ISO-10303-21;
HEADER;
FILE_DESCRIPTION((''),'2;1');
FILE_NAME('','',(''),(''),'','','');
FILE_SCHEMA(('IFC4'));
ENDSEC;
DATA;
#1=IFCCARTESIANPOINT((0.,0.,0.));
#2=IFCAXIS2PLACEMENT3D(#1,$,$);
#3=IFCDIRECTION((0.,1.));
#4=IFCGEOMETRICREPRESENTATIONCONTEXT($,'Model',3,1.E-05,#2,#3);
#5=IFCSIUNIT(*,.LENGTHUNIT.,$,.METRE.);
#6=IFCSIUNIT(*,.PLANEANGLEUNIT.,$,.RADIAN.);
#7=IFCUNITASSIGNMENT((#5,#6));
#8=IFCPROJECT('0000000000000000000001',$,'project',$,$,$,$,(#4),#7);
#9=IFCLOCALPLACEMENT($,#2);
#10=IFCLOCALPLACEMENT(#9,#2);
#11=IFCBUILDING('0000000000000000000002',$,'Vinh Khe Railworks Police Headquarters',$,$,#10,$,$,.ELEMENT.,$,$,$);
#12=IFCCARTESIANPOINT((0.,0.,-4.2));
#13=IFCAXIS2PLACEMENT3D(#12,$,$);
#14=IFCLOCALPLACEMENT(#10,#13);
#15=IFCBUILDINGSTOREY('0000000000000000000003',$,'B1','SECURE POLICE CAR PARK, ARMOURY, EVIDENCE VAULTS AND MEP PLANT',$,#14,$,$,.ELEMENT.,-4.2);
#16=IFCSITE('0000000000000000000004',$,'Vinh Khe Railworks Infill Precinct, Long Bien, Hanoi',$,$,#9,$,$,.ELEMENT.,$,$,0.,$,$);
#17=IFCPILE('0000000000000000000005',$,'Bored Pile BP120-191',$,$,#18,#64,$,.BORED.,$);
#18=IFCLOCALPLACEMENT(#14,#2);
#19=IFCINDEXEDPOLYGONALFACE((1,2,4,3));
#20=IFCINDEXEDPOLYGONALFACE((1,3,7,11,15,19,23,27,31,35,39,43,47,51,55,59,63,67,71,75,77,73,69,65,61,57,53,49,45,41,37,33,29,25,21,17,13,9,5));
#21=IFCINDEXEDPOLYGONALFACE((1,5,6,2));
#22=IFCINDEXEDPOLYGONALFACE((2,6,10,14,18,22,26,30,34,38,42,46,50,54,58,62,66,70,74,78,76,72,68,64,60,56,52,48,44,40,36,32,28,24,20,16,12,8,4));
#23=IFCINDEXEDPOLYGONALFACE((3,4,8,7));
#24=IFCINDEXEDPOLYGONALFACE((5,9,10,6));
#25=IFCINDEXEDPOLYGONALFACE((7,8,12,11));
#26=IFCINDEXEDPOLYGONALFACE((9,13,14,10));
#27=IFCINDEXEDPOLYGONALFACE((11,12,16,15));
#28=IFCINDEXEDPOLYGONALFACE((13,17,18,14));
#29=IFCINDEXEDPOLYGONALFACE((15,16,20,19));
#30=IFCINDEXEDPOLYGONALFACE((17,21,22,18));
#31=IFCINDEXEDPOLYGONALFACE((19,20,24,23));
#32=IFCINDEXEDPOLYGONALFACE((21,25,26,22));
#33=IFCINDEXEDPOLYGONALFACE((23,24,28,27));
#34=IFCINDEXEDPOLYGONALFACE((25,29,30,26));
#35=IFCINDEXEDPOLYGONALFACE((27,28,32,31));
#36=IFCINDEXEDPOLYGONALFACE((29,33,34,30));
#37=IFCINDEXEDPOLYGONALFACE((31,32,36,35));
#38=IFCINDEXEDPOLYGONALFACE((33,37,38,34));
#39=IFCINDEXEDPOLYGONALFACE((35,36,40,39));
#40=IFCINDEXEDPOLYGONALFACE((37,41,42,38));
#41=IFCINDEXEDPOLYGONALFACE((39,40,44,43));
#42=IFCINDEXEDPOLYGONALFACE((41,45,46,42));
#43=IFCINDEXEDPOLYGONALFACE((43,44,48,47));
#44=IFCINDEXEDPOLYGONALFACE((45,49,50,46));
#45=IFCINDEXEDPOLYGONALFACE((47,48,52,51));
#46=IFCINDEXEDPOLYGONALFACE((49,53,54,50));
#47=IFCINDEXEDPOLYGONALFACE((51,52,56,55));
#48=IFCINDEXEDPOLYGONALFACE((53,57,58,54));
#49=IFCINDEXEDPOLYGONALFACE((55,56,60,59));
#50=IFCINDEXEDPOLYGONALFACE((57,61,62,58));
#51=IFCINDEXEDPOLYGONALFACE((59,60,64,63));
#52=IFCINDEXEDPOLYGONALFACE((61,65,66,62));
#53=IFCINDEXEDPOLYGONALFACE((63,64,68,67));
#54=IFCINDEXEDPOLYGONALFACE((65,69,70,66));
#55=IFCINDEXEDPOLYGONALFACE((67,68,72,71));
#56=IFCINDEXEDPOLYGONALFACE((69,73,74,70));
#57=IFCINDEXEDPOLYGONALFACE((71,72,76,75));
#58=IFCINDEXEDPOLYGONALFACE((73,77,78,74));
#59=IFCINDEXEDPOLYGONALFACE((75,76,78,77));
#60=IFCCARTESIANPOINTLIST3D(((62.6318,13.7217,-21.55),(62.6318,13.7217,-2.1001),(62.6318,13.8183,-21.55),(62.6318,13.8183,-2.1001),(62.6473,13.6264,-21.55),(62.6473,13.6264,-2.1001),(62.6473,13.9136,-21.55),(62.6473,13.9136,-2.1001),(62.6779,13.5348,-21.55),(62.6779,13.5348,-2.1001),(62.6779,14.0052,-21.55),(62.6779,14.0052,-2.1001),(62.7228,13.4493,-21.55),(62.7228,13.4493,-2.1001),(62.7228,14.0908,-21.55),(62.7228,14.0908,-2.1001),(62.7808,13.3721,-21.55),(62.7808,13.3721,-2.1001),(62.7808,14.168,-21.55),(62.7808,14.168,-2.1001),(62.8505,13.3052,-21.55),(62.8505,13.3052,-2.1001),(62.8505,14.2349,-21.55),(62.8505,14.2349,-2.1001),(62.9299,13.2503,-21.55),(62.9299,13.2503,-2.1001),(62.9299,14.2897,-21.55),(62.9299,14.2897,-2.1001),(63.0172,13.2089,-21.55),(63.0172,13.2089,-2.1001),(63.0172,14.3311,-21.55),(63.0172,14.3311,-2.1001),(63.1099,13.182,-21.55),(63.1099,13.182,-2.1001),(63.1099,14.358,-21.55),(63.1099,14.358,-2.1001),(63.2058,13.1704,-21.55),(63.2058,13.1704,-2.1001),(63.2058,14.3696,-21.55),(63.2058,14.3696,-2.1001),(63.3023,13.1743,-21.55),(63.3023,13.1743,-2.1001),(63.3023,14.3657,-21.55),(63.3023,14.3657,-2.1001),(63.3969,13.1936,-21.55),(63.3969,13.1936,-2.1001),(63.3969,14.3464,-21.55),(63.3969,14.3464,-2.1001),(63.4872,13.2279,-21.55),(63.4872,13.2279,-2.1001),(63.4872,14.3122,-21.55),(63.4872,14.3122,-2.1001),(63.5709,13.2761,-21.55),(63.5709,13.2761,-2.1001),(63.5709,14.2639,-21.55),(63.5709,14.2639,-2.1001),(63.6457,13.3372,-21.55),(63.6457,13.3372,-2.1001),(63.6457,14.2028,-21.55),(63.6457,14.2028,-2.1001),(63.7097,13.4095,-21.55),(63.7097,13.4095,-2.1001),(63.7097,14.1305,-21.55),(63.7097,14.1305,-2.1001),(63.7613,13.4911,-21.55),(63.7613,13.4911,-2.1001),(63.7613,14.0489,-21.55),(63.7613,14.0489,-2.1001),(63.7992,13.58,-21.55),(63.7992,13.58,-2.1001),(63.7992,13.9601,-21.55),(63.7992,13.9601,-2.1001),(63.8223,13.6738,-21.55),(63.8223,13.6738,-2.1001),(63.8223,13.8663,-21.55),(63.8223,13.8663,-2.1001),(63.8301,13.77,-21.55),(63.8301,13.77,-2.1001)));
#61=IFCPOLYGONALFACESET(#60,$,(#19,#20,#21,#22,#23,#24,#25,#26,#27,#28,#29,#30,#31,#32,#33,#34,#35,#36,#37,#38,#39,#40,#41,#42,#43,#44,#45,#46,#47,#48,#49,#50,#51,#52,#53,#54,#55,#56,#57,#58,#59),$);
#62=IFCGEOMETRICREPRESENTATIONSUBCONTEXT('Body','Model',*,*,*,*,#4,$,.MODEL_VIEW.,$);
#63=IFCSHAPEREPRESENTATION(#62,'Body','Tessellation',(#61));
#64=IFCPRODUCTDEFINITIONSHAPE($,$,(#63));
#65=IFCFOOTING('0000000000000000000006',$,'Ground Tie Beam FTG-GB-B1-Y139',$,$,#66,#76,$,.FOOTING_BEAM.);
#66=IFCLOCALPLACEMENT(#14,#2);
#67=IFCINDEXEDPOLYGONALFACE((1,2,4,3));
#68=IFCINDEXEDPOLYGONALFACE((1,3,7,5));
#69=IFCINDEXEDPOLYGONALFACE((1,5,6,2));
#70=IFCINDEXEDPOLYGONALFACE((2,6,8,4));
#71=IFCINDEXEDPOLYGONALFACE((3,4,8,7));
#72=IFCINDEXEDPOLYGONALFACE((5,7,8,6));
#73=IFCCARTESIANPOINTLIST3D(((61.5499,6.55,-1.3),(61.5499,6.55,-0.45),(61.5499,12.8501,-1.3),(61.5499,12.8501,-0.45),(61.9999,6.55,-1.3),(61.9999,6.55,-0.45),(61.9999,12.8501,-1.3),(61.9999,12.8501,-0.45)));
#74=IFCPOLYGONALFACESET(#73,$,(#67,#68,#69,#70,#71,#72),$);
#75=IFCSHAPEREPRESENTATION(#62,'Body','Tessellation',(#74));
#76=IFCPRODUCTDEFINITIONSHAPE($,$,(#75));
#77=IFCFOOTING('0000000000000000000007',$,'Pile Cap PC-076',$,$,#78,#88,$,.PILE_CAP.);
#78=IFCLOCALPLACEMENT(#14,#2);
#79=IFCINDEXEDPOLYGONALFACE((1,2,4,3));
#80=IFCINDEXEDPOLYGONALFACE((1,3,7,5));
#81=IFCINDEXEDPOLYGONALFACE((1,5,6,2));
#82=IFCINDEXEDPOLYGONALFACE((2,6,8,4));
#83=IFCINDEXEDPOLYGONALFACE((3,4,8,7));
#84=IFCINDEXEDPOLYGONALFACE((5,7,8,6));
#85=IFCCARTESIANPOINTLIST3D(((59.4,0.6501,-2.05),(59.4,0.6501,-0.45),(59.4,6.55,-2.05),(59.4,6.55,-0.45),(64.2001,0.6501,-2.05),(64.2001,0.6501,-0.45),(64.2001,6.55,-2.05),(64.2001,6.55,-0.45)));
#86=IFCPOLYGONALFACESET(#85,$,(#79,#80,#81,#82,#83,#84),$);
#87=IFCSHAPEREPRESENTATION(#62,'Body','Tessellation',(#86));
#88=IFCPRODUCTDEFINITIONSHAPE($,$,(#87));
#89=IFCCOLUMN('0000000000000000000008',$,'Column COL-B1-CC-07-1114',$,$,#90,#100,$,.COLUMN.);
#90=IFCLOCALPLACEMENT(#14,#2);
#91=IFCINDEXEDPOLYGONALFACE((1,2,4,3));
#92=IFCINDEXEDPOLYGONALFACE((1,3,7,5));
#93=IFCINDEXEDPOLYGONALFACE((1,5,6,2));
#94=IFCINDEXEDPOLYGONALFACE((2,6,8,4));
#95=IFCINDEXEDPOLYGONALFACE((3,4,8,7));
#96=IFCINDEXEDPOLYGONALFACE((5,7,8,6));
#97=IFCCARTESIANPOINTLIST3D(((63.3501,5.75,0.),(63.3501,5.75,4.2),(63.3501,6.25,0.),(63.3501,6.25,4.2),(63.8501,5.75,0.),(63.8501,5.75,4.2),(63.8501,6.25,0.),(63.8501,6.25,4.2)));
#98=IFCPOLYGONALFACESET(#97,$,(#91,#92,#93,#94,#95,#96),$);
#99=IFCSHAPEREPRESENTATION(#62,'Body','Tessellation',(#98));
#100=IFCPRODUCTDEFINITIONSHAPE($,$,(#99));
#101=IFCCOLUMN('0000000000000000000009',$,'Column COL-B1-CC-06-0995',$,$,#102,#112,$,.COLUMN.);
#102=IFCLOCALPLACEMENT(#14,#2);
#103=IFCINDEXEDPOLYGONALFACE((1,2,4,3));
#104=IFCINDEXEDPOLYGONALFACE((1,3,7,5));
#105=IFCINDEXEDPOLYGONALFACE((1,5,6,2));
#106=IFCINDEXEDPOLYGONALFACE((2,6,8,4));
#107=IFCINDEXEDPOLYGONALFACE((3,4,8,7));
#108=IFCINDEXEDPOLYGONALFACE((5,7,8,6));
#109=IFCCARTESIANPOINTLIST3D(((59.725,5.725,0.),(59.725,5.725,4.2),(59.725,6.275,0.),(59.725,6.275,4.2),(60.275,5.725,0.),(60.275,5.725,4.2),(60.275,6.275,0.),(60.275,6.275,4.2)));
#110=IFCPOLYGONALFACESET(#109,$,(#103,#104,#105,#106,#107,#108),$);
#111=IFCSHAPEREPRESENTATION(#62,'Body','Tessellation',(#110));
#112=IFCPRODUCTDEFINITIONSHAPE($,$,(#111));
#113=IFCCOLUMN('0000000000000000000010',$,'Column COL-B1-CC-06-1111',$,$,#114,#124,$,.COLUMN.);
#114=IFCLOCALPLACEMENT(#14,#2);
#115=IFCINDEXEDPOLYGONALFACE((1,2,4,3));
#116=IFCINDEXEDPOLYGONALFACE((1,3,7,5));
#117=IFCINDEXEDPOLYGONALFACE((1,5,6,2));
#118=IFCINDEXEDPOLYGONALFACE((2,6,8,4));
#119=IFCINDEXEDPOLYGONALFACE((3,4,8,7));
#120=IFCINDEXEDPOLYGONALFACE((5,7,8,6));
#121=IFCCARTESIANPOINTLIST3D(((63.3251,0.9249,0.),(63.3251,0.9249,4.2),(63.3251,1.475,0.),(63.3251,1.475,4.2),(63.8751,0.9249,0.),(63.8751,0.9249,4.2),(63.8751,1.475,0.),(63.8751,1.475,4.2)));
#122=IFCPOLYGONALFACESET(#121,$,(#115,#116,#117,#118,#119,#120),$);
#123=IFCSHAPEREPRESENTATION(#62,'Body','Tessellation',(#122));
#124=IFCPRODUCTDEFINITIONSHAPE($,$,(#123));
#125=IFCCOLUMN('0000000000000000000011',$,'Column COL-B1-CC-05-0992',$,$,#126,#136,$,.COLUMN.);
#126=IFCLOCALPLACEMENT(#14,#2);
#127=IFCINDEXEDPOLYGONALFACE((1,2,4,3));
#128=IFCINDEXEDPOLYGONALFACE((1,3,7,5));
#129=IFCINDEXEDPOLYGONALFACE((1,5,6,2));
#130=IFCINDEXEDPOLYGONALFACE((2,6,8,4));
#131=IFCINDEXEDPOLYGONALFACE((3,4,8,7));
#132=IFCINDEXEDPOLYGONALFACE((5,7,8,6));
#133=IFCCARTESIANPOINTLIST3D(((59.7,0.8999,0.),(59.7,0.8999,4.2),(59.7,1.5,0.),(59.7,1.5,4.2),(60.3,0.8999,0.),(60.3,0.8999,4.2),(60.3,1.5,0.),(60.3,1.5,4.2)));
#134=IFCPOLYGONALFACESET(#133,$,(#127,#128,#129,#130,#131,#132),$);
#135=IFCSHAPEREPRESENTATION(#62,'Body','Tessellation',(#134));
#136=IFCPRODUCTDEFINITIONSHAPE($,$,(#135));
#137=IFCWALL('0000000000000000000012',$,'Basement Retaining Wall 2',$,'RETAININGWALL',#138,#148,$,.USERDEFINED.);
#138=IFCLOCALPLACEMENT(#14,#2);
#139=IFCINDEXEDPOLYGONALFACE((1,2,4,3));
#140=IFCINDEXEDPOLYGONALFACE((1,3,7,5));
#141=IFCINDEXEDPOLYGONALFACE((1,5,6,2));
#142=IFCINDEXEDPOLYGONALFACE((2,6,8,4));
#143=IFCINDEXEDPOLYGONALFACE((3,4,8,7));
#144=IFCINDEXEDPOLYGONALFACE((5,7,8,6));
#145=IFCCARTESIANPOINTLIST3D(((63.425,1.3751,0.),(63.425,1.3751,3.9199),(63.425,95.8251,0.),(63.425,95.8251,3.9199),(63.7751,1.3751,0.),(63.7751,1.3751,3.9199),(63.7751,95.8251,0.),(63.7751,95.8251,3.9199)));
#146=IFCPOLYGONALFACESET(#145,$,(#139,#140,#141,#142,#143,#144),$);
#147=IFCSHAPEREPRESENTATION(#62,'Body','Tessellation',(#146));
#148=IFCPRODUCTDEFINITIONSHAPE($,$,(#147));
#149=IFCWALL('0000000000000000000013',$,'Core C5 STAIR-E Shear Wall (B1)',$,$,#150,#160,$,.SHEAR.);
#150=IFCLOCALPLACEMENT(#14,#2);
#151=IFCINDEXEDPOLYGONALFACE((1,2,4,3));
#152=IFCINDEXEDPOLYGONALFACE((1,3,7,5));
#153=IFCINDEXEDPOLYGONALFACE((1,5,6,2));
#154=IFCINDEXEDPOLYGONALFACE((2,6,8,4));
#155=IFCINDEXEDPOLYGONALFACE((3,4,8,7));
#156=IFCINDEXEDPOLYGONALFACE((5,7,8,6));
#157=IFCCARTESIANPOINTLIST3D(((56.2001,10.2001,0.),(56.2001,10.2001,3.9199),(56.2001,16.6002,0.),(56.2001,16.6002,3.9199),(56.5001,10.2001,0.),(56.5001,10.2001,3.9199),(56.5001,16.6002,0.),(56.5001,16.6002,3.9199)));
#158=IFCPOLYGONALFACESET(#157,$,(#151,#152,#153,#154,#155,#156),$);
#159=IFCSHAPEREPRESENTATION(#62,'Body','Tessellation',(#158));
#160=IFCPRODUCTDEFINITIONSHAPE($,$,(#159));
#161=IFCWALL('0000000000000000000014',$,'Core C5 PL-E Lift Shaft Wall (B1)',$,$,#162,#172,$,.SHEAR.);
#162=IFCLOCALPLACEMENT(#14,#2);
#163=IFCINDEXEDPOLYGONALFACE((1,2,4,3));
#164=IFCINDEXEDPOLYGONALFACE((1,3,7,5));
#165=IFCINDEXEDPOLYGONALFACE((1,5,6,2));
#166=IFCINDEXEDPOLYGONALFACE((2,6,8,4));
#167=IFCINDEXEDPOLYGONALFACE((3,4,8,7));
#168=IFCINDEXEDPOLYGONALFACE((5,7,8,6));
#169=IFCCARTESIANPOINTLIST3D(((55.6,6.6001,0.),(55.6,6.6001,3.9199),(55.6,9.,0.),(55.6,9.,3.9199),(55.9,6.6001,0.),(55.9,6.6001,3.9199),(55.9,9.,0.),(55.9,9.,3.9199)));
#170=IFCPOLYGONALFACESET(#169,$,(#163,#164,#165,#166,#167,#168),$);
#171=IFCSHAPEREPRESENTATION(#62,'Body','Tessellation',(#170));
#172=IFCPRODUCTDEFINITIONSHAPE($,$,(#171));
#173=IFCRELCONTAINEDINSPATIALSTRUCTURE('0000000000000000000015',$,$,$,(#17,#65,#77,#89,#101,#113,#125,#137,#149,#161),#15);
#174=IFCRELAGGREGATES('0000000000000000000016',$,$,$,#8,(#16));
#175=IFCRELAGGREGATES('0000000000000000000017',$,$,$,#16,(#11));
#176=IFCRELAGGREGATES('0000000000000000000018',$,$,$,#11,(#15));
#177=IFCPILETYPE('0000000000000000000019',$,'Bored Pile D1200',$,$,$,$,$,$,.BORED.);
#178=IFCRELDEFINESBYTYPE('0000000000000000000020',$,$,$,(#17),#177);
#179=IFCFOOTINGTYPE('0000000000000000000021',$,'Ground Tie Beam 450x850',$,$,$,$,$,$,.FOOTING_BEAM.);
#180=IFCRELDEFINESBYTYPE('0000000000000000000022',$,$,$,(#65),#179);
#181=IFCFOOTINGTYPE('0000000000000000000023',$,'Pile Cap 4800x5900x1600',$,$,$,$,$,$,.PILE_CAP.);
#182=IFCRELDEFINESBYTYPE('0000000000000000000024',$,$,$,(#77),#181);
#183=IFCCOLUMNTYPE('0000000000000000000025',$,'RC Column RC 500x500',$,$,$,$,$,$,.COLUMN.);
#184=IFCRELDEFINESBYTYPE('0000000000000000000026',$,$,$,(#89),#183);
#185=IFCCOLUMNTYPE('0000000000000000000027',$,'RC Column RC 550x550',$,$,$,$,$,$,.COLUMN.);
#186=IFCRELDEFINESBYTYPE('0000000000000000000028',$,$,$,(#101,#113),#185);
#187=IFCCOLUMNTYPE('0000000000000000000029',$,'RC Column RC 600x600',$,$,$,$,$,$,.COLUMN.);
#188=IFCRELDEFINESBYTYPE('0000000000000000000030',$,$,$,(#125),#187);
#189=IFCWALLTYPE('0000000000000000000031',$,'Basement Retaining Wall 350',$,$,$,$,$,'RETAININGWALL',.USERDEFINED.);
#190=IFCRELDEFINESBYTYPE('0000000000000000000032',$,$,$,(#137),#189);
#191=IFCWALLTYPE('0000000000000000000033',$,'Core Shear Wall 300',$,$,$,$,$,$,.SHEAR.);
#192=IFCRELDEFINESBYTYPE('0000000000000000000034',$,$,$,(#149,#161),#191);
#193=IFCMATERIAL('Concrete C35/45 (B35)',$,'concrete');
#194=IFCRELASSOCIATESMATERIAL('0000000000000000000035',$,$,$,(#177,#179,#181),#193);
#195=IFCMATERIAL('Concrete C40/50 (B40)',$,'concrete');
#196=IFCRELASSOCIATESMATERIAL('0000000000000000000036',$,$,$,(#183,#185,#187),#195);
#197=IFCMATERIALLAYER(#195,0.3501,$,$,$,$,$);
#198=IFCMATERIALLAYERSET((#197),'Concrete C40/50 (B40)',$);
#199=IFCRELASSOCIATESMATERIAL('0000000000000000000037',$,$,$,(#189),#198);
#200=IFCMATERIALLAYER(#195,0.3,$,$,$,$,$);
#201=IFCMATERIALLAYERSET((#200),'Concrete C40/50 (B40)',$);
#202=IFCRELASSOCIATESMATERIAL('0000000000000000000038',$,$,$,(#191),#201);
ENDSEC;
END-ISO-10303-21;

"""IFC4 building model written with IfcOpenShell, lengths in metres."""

from ifc_helpers import new_model, si_unit, direction, frame, frame_2d, origin, origin_2d, place, context, subcontext, project, spatial, rectangle, circle, extrude, material, layer, layer_set, material_profile, profile_set, type_object, element, save


model = new_model("IFC4")

# Units and contexts
model_context = context("Model", 3, precision=1e-05, world=origin(), true_north=direction((0.0, 1.0)))
body_context = subcontext(model_context, "Body", "Model", "MODEL_VIEW")
ifc_project = project(units=[si_unit("LENGTHUNIT", "METRE"), si_unit("PLANEANGLEUNIT", "RADIAN")], contexts=[model_context])

# Site, building, storey
site_placement = place(None, origin())
site = spatial("IfcSite", under=ifc_project, at=site_placement, Name="Vinh Khe Railworks Infill Precinct, Long Bien, Hanoi", CompositionType="ELEMENT", RefElevation=0.0)
building_placement = place(site_placement, origin())
building = spatial("IfcBuilding", under=site, at=building_placement, Name="Vinh Khe Railworks Police Headquarters", CompositionType="ELEMENT")
storey_placement = place(building_placement, frame((0.0, 0.0, -4.2)))
storey = spatial("IfcBuildingStorey", under=building, at=storey_placement, Name="B1", Description="SECURE POLICE CAR PARK, ARMOURY, EVIDENCE VAULTS AND MEP PLANT", CompositionType="ELEMENT", Elevation=-4.2)

# Pile
ifc_material_1 = material(Name="Concrete C35/45 (B35)", Category="concrete")
ifc_material_profile_1 = material_profile(ifc_material_1, circle(Radius=0.6001, at=origin_2d()), Name="BORED PILE D1200")
ifc_profile_set_1 = profile_set([ifc_material_profile_1], Name="Concrete C35/45 (B35)")
pile_type_1 = type_object("IfcPileType", Name="Bored Pile D1200", PredefinedType="BORED", material=ifc_profile_set_1)
pile_placement = place(storey_placement, frame((63.23, 13.77, -2.1001), z_axis=(0.0, 0.0, -1.0), x_axis=(1.0, 0.0, 0.0)))
element("IfcPile", 1, at=pile_placement, inside=storey, type_object=pile_type_1, Name="Bored Pile BP120-191", PredefinedType="BORED", context=body_context, shape_type="SweptSolid", body=[
    extrude(circle(Radius=0.6001, at=origin_2d()), origin(), (0.0, 0.0, 1.0), 19.45),
])

# Footings
ifc_material_profile_2 = material_profile(ifc_material_1, rectangle(XDim=0.45, YDim=0.8501, at=origin_2d()), Name="RC 450x850")
ifc_profile_set_2 = profile_set([ifc_material_profile_2], Name="Concrete C35/45 (B35)")
footing_type_1 = type_object("IfcFootingType", Name="Ground Tie Beam 450x850", PredefinedType="FOOTING_BEAM", material=ifc_profile_set_2)
footing_1_placement = place(storey_placement, frame((61.7749, 6.55, -0.875), z_axis=(0.0, 1.0, 0.0), x_axis=(-1.0, 0.0, 0.0)))
element("IfcFooting", 2, at=footing_1_placement, inside=storey, type_object=footing_type_1, Name="Ground Tie Beam FTG-GB-B1-Y139", PredefinedType="FOOTING_BEAM", context=body_context, shape_type="SweptSolid", body=[
    extrude(rectangle(XDim=0.45, YDim=0.8501, at=origin_2d()), origin(), (0.0, 0.0, 1.0), 6.3),
])
footing_type_2 = type_object("IfcFootingType", Name="Pile Cap 4800x5900x1600", PredefinedType="PILE_CAP", material=ifc_material_1)
footing_2_placement = place(storey_placement, frame((61.8, 3.6001, -2.05), z_axis=(0.0, 0.0, 1.0), x_axis=(1.0, 0.0, 0.0)))
element("IfcFooting", 3, at=footing_2_placement, inside=storey, type_object=footing_type_2, Name="Pile Cap PC-076", PredefinedType="PILE_CAP", context=body_context, shape_type="SweptSolid", body=[
    extrude(rectangle(XDim=4.8, YDim=5.8999, at=origin_2d()), origin(), (0.0, 0.0, 1.0), 1.6001),
])

# Columns
ifc_material_2 = material(Name="Concrete C40/50 (B40)", Category="concrete")
ifc_material_profile_3 = material_profile(ifc_material_2, rectangle(XDim=0.5, YDim=0.5, at=origin_2d()), Name="RC 500x500")
ifc_profile_set_3 = profile_set([ifc_material_profile_3], Name="Concrete C40/50 (B40)")
column_type_1 = type_object("IfcColumnType", Name="RC Column RC 500x500", PredefinedType="COLUMN", material=ifc_profile_set_3)
column_1_placement = place(storey_placement, frame((63.6001, 6.0, 0.0), z_axis=(0.0, 0.0, 1.0), x_axis=(1.0, 0.0, 0.0)))
element("IfcColumn", 4, at=column_1_placement, inside=storey, type_object=column_type_1, Name="Column COL-B1-CC-07-1114", PredefinedType="COLUMN", context=body_context, shape_type="SweptSolid", body=[
    extrude(rectangle(XDim=0.5, YDim=0.5, at=origin_2d()), origin(), (0.0, 0.0, 1.0), 4.2),
])
ifc_material_profile_4 = material_profile(ifc_material_2, rectangle(XDim=0.55, YDim=0.55, at=origin_2d()), Name="RC 550x550")
ifc_profile_set_4 = profile_set([ifc_material_profile_4], Name="Concrete C40/50 (B40)")
column_type_2 = type_object("IfcColumnType", Name="RC Column RC 550x550", PredefinedType="COLUMN", material=ifc_profile_set_4)
for number, where, z_axis, x_axis, name in (
    (5, (60.0, 6.0, 0.0), (0.0, 0.0, 1.0), (1.0, 0.0, 0.0), "Column COL-B1-CC-06-0995"),
    (6, (63.6001, 1.2, 0.0), (0.0, 0.0, 1.0), (1.0, 0.0, 0.0), "Column COL-B1-CC-06-1111"),
):
    element("IfcColumn", number, at=place(storey_placement, frame(where, z_axis=z_axis, x_axis=x_axis)), inside=storey, type_object=column_type_2, Name=name, PredefinedType="COLUMN", context=body_context, shape_type="SweptSolid", body=[
        extrude(rectangle(XDim=0.55, YDim=0.55, at=origin_2d()), origin(), (0.0, 0.0, 1.0), 4.2),
    ])
ifc_material_profile_5 = material_profile(ifc_material_2, rectangle(XDim=0.6001, YDim=0.6001, at=origin_2d()), Name="RC 600x600")
ifc_profile_set_5 = profile_set([ifc_material_profile_5], Name="Concrete C40/50 (B40)")
column_type_3 = type_object("IfcColumnType", Name="RC Column RC 600x600", PredefinedType="COLUMN", material=ifc_profile_set_5)
column_2_placement = place(storey_placement, frame((60.0, 1.2, 0.0), z_axis=(0.0, 0.0, 1.0), x_axis=(1.0, 0.0, 0.0)))
element("IfcColumn", 7, at=column_2_placement, inside=storey, type_object=column_type_3, Name="Column COL-B1-CC-05-0992", PredefinedType="COLUMN", context=body_context, shape_type="SweptSolid", body=[
    extrude(rectangle(XDim=0.6001, YDim=0.6001, at=origin_2d()), origin(), (0.0, 0.0, 1.0), 4.2),
])

# Walls
ifc_layer_1 = layer(ifc_material_2, 0.3501)
ifc_layer_set_1 = layer_set([ifc_layer_1], Name="Concrete C40/50 (B40)")
wall_type_1 = type_object("IfcWallType", Name="Basement Retaining Wall 350", ElementType="RETAININGWALL", PredefinedType="USERDEFINED", material=ifc_layer_set_1)
wall_1_placement = place(storey_placement, frame((63.6001, 1.375, 0.0), z_axis=(0.0, 0.0, 1.0), x_axis=(0.0, 1.0, 0.0)))
element("IfcWall", 8, at=wall_1_placement, inside=storey, type_object=wall_type_1, Name="Basement Retaining Wall 2", ObjectType="RETAININGWALL", PredefinedType="USERDEFINED", context=body_context, shape_type="SweptSolid", body=[
    extrude(rectangle(XDim=94.45, YDim=0.3501, at=frame_2d((47.2251, 0.0))), origin(), (0.0, 0.0, 1.0), 3.9199),
])
ifc_layer_2 = layer(ifc_material_2, 0.3)
ifc_layer_set_2 = layer_set([ifc_layer_2], Name="Concrete C40/50 (B40)")
wall_type_2 = type_object("IfcWallType", Name="Core Shear Wall 300", PredefinedType="SHEAR", material=ifc_layer_set_2)
wall_2_placement = place(storey_placement, frame((56.3501, 10.2, 0.0), z_axis=(0.0, 0.0, 1.0), x_axis=(0.0, 1.0, 0.0)))
element("IfcWall", 9, at=wall_2_placement, inside=storey, type_object=wall_type_2, Name="Core C5 STAIR-E Shear Wall (B1)", PredefinedType="SHEAR", context=body_context, shape_type="SweptSolid", body=[
    extrude(rectangle(XDim=6.4001, YDim=0.3, at=frame_2d((3.2002, 0.0))), origin(), (0.0, 0.0, 1.0), 3.9199),
])
wall_3_placement = place(storey_placement, frame((55.75, 6.6001, 0.0), z_axis=(0.0, 0.0, 1.0), x_axis=(0.0, 1.0, 0.0)))
element("IfcWall", 10, at=wall_3_placement, inside=storey, type_object=wall_type_2, Name="Core C5 PL-E Lift Shaft Wall (B1)", PredefinedType="SHEAR", context=body_context, shape_type="SweptSolid", body=[
    extrude(rectangle(XDim=2.3999, YDim=0.3, at=frame_2d((1.2, 0.0))), origin(), (0.0, 0.0, 1.0), 3.9199),
])

save(model, "model.ifc")
